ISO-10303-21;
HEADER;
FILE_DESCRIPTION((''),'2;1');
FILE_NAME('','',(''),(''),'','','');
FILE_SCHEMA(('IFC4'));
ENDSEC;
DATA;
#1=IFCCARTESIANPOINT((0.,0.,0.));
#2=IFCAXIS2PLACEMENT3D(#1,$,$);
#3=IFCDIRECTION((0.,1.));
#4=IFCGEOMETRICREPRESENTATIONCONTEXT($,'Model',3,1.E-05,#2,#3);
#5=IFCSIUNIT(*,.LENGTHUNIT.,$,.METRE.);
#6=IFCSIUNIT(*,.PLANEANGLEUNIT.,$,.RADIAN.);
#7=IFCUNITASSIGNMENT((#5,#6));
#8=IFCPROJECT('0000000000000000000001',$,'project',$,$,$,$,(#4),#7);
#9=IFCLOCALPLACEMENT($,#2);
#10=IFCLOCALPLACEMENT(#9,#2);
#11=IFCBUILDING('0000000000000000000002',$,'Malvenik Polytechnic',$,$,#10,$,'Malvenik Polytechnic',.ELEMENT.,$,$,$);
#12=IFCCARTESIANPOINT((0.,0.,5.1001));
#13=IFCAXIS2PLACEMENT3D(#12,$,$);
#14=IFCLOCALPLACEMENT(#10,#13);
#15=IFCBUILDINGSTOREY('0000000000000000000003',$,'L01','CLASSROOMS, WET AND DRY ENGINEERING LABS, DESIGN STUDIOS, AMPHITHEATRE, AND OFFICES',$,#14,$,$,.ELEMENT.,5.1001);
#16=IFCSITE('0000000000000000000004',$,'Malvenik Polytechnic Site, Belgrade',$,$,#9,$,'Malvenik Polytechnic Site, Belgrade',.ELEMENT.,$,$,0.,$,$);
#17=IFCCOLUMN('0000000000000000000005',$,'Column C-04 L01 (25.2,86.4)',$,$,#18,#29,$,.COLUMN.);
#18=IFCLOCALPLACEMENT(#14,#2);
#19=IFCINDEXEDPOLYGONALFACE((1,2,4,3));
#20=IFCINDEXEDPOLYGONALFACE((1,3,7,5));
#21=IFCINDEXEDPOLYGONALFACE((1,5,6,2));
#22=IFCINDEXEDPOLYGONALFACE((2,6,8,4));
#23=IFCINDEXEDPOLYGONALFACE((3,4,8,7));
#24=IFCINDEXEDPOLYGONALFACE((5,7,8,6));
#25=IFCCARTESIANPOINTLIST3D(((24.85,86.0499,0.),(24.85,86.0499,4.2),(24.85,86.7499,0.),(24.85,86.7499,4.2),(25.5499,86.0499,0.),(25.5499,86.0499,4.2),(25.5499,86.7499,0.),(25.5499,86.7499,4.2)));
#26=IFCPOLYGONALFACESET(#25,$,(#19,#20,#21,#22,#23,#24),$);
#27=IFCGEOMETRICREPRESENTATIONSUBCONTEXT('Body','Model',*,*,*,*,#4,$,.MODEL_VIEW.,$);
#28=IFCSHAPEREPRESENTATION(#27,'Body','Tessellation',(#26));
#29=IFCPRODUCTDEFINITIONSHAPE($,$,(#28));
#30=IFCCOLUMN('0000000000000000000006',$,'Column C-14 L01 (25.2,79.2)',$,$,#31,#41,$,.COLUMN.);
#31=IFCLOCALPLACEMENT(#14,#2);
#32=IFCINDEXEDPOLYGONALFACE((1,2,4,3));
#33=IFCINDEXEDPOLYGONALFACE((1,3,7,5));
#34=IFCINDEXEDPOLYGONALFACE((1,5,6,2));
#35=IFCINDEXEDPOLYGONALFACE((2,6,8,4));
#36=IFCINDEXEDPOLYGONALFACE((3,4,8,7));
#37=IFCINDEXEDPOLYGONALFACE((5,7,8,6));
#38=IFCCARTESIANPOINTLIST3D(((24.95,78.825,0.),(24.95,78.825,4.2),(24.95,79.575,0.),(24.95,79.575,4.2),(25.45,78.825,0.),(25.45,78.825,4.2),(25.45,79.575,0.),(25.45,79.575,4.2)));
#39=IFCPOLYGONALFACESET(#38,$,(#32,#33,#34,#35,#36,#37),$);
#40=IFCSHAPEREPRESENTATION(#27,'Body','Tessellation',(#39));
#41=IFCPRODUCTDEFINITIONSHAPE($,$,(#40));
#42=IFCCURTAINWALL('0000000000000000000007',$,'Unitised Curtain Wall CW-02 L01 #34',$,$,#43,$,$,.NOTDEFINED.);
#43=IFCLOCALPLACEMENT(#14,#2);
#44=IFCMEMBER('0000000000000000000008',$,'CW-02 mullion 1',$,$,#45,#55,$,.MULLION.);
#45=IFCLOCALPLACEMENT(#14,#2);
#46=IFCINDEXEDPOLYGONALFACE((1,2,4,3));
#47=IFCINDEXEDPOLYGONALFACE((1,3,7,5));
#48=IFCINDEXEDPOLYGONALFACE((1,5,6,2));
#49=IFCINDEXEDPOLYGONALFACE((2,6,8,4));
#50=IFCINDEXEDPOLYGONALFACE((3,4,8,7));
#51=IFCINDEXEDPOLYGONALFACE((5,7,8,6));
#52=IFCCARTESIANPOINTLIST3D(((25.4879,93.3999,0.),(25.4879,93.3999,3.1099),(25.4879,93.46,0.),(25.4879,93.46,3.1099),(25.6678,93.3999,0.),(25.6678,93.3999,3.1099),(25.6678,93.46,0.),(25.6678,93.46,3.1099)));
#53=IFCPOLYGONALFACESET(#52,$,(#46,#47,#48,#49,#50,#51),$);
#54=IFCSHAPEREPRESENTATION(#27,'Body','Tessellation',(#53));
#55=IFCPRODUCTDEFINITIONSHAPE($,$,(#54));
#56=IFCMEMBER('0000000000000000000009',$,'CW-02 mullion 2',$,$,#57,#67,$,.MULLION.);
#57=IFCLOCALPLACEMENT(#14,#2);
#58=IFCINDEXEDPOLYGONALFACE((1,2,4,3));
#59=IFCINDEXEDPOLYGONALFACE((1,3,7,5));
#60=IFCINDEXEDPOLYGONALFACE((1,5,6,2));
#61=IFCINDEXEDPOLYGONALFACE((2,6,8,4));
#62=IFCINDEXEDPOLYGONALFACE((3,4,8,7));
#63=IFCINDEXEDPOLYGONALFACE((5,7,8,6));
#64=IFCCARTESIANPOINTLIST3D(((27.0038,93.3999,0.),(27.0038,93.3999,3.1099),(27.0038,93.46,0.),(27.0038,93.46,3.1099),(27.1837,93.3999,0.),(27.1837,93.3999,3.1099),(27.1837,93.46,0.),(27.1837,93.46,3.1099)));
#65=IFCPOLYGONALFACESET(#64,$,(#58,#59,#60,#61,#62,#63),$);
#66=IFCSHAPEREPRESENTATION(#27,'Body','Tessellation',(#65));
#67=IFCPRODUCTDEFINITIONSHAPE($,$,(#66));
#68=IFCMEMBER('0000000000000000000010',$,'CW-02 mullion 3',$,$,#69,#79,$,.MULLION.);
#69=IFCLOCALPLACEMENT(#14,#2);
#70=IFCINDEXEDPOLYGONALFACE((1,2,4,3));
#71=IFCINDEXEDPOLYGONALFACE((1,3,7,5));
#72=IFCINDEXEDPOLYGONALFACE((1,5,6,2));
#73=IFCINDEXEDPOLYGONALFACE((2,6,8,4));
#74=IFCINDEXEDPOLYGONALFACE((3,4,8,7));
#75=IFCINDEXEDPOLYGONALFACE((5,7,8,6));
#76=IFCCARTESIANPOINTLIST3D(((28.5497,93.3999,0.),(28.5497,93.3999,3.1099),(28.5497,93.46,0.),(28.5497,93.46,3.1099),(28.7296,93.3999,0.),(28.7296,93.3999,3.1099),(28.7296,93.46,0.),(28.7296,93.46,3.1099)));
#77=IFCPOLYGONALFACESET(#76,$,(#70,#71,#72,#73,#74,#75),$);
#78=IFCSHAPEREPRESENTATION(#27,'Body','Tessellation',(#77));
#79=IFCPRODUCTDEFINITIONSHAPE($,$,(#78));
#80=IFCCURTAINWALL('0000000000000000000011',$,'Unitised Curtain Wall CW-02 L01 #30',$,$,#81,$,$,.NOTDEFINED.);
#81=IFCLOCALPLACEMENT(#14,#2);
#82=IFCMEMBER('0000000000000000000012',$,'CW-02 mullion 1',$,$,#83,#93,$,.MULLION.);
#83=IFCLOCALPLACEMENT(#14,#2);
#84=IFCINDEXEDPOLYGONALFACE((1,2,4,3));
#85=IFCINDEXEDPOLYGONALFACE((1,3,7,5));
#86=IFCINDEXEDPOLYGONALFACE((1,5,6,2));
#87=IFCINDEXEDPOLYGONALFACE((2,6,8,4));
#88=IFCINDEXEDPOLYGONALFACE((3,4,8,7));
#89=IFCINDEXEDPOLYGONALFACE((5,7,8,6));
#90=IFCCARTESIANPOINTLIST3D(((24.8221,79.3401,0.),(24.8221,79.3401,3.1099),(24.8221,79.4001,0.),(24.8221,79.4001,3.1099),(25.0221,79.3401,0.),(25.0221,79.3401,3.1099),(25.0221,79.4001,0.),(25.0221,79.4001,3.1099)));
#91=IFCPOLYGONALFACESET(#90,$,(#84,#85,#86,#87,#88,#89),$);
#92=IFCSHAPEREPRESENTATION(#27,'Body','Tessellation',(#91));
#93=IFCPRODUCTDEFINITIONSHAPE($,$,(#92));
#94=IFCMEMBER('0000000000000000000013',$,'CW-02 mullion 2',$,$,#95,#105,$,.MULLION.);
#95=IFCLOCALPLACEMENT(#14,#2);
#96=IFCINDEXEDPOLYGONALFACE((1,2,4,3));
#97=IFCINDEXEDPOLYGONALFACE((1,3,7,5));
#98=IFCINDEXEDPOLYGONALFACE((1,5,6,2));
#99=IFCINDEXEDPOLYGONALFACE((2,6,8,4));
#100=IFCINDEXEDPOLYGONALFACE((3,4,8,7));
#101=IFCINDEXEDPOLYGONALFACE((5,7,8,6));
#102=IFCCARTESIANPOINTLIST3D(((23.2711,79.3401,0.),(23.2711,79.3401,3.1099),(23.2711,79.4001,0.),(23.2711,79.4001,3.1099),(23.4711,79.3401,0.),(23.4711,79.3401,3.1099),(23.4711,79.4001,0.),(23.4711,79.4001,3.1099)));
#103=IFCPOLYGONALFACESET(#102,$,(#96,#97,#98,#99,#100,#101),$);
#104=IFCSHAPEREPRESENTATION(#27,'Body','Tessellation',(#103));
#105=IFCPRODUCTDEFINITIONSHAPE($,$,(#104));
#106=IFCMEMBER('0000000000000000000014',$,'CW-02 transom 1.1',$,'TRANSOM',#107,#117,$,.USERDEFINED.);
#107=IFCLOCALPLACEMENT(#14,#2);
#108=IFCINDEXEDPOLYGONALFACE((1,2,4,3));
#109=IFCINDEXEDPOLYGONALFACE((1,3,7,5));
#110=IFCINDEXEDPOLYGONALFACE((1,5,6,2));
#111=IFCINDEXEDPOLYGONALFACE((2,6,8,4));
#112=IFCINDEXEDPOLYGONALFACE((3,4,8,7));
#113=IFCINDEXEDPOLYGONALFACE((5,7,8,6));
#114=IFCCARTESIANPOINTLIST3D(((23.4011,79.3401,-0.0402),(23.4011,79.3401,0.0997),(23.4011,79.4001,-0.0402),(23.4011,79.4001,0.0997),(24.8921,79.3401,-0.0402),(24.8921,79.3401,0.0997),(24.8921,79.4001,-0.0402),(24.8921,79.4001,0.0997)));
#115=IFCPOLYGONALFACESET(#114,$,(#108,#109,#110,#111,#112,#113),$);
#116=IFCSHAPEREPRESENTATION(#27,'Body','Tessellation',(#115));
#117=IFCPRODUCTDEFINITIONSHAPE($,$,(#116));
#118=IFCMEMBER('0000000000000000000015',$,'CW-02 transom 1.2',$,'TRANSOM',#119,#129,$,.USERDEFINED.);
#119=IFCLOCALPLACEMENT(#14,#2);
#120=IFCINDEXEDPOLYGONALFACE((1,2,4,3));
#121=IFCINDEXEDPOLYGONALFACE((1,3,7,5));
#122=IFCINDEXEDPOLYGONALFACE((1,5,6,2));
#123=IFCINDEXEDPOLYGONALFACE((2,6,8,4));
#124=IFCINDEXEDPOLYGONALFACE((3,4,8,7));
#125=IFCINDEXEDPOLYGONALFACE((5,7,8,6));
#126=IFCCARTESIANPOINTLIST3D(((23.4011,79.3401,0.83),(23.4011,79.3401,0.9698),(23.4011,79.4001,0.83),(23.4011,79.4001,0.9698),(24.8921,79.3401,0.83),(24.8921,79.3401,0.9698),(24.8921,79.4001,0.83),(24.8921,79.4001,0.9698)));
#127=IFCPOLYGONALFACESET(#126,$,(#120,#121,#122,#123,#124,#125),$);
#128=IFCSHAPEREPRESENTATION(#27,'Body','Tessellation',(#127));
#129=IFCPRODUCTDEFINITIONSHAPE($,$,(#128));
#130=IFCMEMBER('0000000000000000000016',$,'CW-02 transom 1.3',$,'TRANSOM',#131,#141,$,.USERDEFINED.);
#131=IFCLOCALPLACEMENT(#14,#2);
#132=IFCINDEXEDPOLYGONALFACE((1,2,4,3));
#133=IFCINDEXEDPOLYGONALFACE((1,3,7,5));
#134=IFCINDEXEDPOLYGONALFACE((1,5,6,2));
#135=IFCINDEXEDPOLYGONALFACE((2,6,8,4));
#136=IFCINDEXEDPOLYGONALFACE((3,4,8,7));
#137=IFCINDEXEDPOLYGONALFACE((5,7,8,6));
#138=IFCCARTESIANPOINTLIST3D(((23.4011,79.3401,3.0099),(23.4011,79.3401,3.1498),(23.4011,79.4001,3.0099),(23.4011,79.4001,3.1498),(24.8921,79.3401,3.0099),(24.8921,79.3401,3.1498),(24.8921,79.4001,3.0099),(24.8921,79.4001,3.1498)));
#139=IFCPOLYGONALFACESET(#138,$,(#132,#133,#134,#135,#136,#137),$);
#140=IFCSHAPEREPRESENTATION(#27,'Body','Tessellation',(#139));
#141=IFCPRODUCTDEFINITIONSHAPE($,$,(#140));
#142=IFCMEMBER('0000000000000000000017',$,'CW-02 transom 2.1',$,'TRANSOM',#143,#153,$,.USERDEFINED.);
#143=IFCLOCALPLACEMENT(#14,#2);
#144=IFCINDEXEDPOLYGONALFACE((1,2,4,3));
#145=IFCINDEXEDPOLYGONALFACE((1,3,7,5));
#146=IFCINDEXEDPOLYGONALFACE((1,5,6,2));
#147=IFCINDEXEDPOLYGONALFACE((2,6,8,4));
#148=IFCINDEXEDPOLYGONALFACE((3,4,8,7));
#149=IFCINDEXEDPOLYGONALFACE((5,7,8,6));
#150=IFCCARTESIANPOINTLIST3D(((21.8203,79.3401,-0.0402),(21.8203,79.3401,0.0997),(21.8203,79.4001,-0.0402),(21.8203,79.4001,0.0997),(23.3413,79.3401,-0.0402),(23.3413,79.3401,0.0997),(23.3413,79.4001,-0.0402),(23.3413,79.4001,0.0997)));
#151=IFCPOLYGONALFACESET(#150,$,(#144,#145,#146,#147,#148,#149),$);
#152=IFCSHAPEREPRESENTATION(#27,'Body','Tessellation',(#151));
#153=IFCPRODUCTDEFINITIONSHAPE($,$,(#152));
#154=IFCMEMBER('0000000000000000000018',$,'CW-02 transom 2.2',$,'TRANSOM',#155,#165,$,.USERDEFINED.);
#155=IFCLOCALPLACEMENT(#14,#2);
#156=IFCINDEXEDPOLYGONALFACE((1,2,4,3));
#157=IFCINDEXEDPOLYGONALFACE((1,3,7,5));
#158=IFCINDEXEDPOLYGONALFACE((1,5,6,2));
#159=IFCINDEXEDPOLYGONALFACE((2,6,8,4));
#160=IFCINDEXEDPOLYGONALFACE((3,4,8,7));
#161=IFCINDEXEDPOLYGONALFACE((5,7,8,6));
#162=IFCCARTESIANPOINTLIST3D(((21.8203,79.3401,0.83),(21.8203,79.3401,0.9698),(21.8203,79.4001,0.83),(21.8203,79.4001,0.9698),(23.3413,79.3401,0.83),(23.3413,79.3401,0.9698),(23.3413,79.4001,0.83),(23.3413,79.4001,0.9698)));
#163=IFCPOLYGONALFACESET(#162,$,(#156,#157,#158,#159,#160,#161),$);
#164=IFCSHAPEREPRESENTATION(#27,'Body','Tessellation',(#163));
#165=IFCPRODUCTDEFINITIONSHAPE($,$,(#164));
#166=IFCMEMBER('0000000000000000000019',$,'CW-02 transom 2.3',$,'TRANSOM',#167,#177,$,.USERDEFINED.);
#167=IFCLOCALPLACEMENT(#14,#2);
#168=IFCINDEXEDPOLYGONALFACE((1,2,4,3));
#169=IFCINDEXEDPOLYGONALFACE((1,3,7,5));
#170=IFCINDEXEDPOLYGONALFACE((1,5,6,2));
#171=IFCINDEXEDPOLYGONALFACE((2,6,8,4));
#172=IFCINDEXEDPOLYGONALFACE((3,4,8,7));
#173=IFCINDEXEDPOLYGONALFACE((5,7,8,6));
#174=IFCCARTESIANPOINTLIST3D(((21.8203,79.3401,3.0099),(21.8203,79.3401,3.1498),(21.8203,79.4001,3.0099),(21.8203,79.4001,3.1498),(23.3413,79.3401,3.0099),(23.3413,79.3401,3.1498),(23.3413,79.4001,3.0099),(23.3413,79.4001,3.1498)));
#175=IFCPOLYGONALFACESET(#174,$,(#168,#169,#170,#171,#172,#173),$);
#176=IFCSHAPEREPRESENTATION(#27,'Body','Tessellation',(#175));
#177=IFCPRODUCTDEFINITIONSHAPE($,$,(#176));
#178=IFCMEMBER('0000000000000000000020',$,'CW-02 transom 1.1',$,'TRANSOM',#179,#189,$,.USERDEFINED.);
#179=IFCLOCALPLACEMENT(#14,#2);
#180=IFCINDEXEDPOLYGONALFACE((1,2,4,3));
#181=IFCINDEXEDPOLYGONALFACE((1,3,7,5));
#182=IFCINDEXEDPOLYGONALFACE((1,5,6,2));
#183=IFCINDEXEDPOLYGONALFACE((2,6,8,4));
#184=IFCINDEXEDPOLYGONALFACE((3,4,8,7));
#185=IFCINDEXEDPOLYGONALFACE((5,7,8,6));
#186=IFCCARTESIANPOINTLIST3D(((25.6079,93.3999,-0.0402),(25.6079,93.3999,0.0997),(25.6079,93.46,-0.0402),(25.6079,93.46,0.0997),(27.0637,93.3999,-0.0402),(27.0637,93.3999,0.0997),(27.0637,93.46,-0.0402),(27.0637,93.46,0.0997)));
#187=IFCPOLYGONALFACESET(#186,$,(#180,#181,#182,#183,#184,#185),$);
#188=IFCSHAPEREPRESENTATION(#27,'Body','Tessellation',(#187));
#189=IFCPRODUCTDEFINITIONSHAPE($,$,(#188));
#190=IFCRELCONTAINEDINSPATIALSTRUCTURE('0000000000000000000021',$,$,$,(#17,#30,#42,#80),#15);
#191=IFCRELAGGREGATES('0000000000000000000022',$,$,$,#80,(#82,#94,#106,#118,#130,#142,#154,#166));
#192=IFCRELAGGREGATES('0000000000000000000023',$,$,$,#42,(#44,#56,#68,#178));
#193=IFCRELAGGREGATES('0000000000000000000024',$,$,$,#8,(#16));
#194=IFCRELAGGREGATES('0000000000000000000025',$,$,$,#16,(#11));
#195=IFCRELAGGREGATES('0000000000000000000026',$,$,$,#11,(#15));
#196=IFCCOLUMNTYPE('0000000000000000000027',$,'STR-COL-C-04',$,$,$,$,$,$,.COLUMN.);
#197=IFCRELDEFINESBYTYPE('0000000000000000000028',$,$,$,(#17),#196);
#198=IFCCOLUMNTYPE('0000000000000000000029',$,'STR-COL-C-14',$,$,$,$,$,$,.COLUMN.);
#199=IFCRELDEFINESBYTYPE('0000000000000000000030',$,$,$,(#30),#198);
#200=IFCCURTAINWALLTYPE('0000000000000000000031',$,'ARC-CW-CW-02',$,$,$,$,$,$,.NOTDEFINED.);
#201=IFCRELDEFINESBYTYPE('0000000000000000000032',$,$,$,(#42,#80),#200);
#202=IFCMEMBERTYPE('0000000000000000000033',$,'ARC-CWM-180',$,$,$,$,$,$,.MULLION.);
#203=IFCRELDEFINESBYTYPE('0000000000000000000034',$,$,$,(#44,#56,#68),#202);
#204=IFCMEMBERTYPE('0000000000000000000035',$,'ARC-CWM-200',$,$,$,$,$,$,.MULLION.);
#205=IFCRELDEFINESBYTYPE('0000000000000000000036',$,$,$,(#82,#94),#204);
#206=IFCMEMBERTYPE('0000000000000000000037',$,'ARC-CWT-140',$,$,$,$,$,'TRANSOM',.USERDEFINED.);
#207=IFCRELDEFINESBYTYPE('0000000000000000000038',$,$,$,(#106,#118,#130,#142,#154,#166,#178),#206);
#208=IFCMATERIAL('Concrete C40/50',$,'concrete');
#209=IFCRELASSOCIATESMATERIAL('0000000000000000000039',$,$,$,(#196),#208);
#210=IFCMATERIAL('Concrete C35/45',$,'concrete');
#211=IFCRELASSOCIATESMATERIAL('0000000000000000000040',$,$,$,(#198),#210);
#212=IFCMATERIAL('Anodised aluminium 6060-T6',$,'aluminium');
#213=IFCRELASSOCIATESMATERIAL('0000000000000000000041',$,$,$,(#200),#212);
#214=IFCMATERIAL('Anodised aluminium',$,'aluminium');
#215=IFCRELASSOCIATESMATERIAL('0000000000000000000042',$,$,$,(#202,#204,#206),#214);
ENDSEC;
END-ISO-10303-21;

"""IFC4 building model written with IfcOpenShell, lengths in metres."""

from ifc_helpers import new_model, si_unit, direction, frame, origin, origin_2d, place, context, subcontext, project, spatial, rectangle, extrude, material, material_profile, profile_set, type_object, element, aggregate, save


model = new_model("IFC4")

# Units and contexts
model_context = context("Model", 3, precision=1e-05, world=origin(), true_north=direction((0.0, 1.0)))
body_context = subcontext(model_context, "Body", "Model", "MODEL_VIEW")
ifc_project = project(units=[si_unit("LENGTHUNIT", "METRE"), si_unit("PLANEANGLEUNIT", "RADIAN")], contexts=[model_context])

# Site, building, storey
site_placement = place(None, origin())
site = spatial("IfcSite", under=ifc_project, at=site_placement, Name="Malvenik Polytechnic Site, Belgrade", LongName="Malvenik Polytechnic Site, Belgrade", CompositionType="ELEMENT", RefElevation=0.0)
building_placement = place(site_placement, origin())
building = spatial("IfcBuilding", under=site, at=building_placement, Name="Malvenik Polytechnic", LongName="Malvenik Polytechnic", CompositionType="ELEMENT")
storey_placement = place(building_placement, frame((0.0, 0.0, 5.1001)))
storey = spatial("IfcBuildingStorey", under=building, at=storey_placement, Name="L01", Description="CLASSROOMS, WET AND DRY ENGINEERING LABS, DESIGN STUDIOS, AMPHITHEATRE, AND OFFICES", CompositionType="ELEMENT", Elevation=5.1001)

# Columns
ifc_material_1 = material(Name="Concrete C40/50", Category="concrete")
ifc_material_profile_1 = material_profile(ifc_material_1, rectangle(XDim=0.7, YDim=0.7, at=origin_2d()), Name="RC COL 700x700")
ifc_profile_set_1 = profile_set([ifc_material_profile_1], Name="Concrete C40/50")
column_type_1 = type_object("IfcColumnType", Name="STR-COL-C-04", PredefinedType="COLUMN", material=ifc_profile_set_1)
column_1_placement = place(storey_placement, frame((25.2, 86.3999, 0.0), z_axis=(0.0, 0.0, 1.0), x_axis=(1.0, 0.0, 0.0)))
element("IfcColumn", 1, at=column_1_placement, inside=storey, type_object=column_type_1, Name="Column C-04 L01 (25.2,86.4)", PredefinedType="COLUMN", context=body_context, shape_type="SweptSolid", body=[
    extrude(rectangle(XDim=0.7, YDim=0.7, at=origin_2d()), origin(), (0.0, 0.0, 1.0), 4.2),
])
ifc_material_2 = material(Name="Concrete C35/45", Category="concrete")
ifc_material_profile_2 = material_profile(ifc_material_2, rectangle(XDim=0.5, YDim=0.75, at=origin_2d()), Name="RC COL 750x500")
ifc_profile_set_2 = profile_set([ifc_material_profile_2], Name="Concrete C35/45")
column_type_2 = type_object("IfcColumnType", Name="STR-COL-C-14", PredefinedType="COLUMN", material=ifc_profile_set_2)
column_2_placement = place(storey_placement, frame((25.2, 79.2, 0.0), z_axis=(0.0, 0.0, 1.0), x_axis=(1.0, 0.0, 0.0)))
element("IfcColumn", 2, at=column_2_placement, inside=storey, type_object=column_type_2, Name="Column C-14 L01 (25.2,79.2)", PredefinedType="COLUMN", context=body_context, shape_type="SweptSolid", body=[
    extrude(rectangle(XDim=0.5, YDim=0.75, at=origin_2d()), origin(), (0.0, 0.0, 1.0), 4.2),
])

# Curtain walls, members
ifc_material_3 = material(Name="Anodised aluminium 6060-T6", Category="aluminium")
curtain_wall_type = type_object("IfcCurtainWallType", Name="ARC-CW-CW-02", PredefinedType="NOTDEFINED", material=ifc_material_3)
curtain_wall_1_placement = place(storey_placement, origin())
curtain_wall_1 = element("IfcCurtainWall", 3, at=curtain_wall_1_placement, inside=storey, type_object=curtain_wall_type, Name="Unitised Curtain Wall CW-02 L01 #34", PredefinedType="NOTDEFINED")
ifc_material_4 = material(Name="Anodised aluminium", Category="aluminium")
ifc_material_profile_3 = material_profile(ifc_material_4, rectangle(XDim=0.0601, YDim=0.1799, at=origin_2d()), Name="ALU MULLION 60x180")
ifc_profile_set_3 = profile_set([ifc_material_profile_3], Name="Anodised aluminium")
member_type_1 = type_object("IfcMemberType", Name="ARC-CWM-180", PredefinedType="MULLION", material=ifc_profile_set_3)
member_1_placement = place(storey_placement, frame((25.5779, 93.4299, 0.0), z_axis=(0.0, 0.0, 1.0), x_axis=(0.0, 1.0, 0.0)))
member_1 = element("IfcMember", 4, at=member_1_placement, type_object=member_type_1, Name="CW-02 mullion 1", PredefinedType="MULLION", context=body_context, shape_type="SweptSolid", body=[
    extrude(rectangle(XDim=0.0601, YDim=0.1799, at=origin_2d()), origin(), (0.0, 0.0, 1.0), 3.1099),
])
member_2_placement = place(storey_placement, frame((27.0938, 93.4299, 0.0), z_axis=(0.0, 0.0, 1.0), x_axis=(0.0, 1.0, 0.0)))
member_2 = element("IfcMember", 5, at=member_2_placement, type_object=member_type_1, Name="CW-02 mullion 2", PredefinedType="MULLION", context=body_context, shape_type="SweptSolid", body=[
    extrude(rectangle(XDim=0.0601, YDim=0.1799, at=origin_2d()), origin(), (0.0, 0.0, 1.0), 3.1099),
])
member_3_placement = place(storey_placement, frame((28.6396, 93.4299, 0.0), z_axis=(0.0, 0.0, 1.0), x_axis=(0.0, 1.0, 0.0)))
member_3 = element("IfcMember", 6, at=member_3_placement, type_object=member_type_1, Name="CW-02 mullion 3", PredefinedType="MULLION", context=body_context, shape_type="SweptSolid", body=[
    extrude(rectangle(XDim=0.0601, YDim=0.1799, at=origin_2d()), origin(), (0.0, 0.0, 1.0), 3.1099),
])
curtain_wall_2_placement = place(storey_placement, origin())
curtain_wall_2 = element("IfcCurtainWall", 7, at=curtain_wall_2_placement, inside=storey, type_object=curtain_wall_type, Name="Unitised Curtain Wall CW-02 L01 #30", PredefinedType="NOTDEFINED")
ifc_material_profile_4 = material_profile(ifc_material_4, rectangle(XDim=0.0601, YDim=0.2, at=origin_2d()), Name="ALU MULLION 60x200")
ifc_profile_set_4 = profile_set([ifc_material_profile_4], Name="Anodised aluminium")
member_type_2 = type_object("IfcMemberType", Name="ARC-CWM-200", PredefinedType="MULLION", material=ifc_profile_set_4)
member_4_placement = place(storey_placement, frame((24.9221, 79.3701, 0.0), z_axis=(0.0, 0.0, 1.0), x_axis=(0.0, -1.0, 0.0)))
member_4 = element("IfcMember", 8, at=member_4_placement, type_object=member_type_2, Name="CW-02 mullion 1", PredefinedType="MULLION", context=body_context, shape_type="SweptSolid", body=[
    extrude(rectangle(XDim=0.0601, YDim=0.2, at=origin_2d()), origin(), (0.0, 0.0, 1.0), 3.1099),
])
member_5_placement = place(storey_placement, frame((23.3711, 79.3701, 0.0), z_axis=(0.0, 0.0, 1.0), x_axis=(0.0, -1.0, 0.0)))
member_5 = element("IfcMember", 9, at=member_5_placement, type_object=member_type_2, Name="CW-02 mullion 2", PredefinedType="MULLION", context=body_context, shape_type="SweptSolid", body=[
    extrude(rectangle(XDim=0.0601, YDim=0.2, at=origin_2d()), origin(), (0.0, 0.0, 1.0), 3.1099),
])
ifc_material_profile_5 = material_profile(ifc_material_4, rectangle(XDim=0.0601, YDim=0.1399, at=origin_2d()), Name="ALU TRANSOM 60x140")
ifc_profile_set_5 = profile_set([ifc_material_profile_5], Name="Anodised aluminium")
member_type_3 = type_object("IfcMemberType", Name="ARC-CWT-140", ElementType="TRANSOM", PredefinedType="USERDEFINED", material=ifc_profile_set_5)
member_6_placement = place(storey_placement, frame((24.8921, 79.3701, 0.0298), z_axis=(-1.0, 0.0, 0.0), x_axis=(0.0, -1.0, 0.0)))
member_6 = element("IfcMember", 10, at=member_6_placement, type_object=member_type_3, Name="CW-02 transom 1.1", ObjectType="TRANSOM", PredefinedType="USERDEFINED", context=body_context, shape_type="SweptSolid", body=[
    extrude(rectangle(XDim=0.0601, YDim=0.1399, at=origin_2d()), origin(), (0.0, 0.0, 1.0), 1.491),
])
member_7_placement = place(storey_placement, frame((24.8921, 79.3701, 0.8999), z_axis=(-1.0, 0.0, 0.0), x_axis=(0.0, -1.0, 0.0)))
member_7 = element("IfcMember", 11, at=member_7_placement, type_object=member_type_3, Name="CW-02 transom 1.2", ObjectType="TRANSOM", PredefinedType="USERDEFINED", context=body_context, shape_type="SweptSolid", body=[
    extrude(rectangle(XDim=0.0601, YDim=0.1399, at=origin_2d()), origin(), (0.0, 0.0, 1.0), 1.491),
])
member_8_placement = place(storey_placement, frame((24.8921, 79.3701, 3.0798), z_axis=(-1.0, 0.0, 0.0), x_axis=(0.0, -1.0, 0.0)))
member_8 = element("IfcMember", 12, at=member_8_placement, type_object=member_type_3, Name="CW-02 transom 1.3", ObjectType="TRANSOM", PredefinedType="USERDEFINED", context=body_context, shape_type="SweptSolid", body=[
    extrude(rectangle(XDim=0.0601, YDim=0.1399, at=origin_2d()), origin(), (0.0, 0.0, 1.0), 1.491),
])
member_9_placement = place(storey_placement, frame((23.3413, 79.3701, 0.0298), z_axis=(-1.0, 0.0, 0.0), x_axis=(0.0, -1.0, 0.0)))
member_9 = element("IfcMember", 13, at=member_9_placement, type_object=member_type_3, Name="CW-02 transom 2.1", ObjectType="TRANSOM", PredefinedType="USERDEFINED", context=body_context, shape_type="SweptSolid", body=[
    extrude(rectangle(XDim=0.0601, YDim=0.1399, at=origin_2d()), origin(), (0.0, 0.0, 1.0), 1.521),
])
member_10_placement = place(storey_placement, frame((23.3413, 79.3701, 0.8999), z_axis=(-1.0, 0.0, 0.0), x_axis=(0.0, -1.0, 0.0)))
member_10 = element("IfcMember", 14, at=member_10_placement, type_object=member_type_3, Name="CW-02 transom 2.2", ObjectType="TRANSOM", PredefinedType="USERDEFINED", context=body_context, shape_type="SweptSolid", body=[
    extrude(rectangle(XDim=0.0601, YDim=0.1399, at=origin_2d()), origin(), (0.0, 0.0, 1.0), 1.521),
])
member_11_placement = place(storey_placement, frame((23.3413, 79.3701, 3.0798), z_axis=(-1.0, 0.0, 0.0), x_axis=(0.0, -1.0, 0.0)))
member_11 = element("IfcMember", 15, at=member_11_placement, type_object=member_type_3, Name="CW-02 transom 2.3", ObjectType="TRANSOM", PredefinedType="USERDEFINED", context=body_context, shape_type="SweptSolid", body=[
    extrude(rectangle(XDim=0.0601, YDim=0.1399, at=origin_2d()), origin(), (0.0, 0.0, 1.0), 1.521),
])

# Member
member_12_placement = place(storey_placement, frame((25.6079, 93.4299, 0.0298), z_axis=(1.0, 0.0, 0.0), x_axis=(0.0, 1.0, 0.0)))
member_12 = element("IfcMember", 16, at=member_12_placement, type_object=member_type_3, Name="CW-02 transom 1.1", ObjectType="TRANSOM", PredefinedType="USERDEFINED", context=body_context, shape_type="SweptSolid", body=[
    extrude(rectangle(XDim=0.0601, YDim=0.1399, at=origin_2d()), origin(), (0.0, 0.0, 1.0), 1.4558),
])

aggregate(curtain_wall_2, [member_4, member_5, member_6, member_7, member_8, member_9, member_10, member_11])
aggregate(curtain_wall_1, [member_1, member_2, member_3, member_12])

save(model, "model.ifc")
